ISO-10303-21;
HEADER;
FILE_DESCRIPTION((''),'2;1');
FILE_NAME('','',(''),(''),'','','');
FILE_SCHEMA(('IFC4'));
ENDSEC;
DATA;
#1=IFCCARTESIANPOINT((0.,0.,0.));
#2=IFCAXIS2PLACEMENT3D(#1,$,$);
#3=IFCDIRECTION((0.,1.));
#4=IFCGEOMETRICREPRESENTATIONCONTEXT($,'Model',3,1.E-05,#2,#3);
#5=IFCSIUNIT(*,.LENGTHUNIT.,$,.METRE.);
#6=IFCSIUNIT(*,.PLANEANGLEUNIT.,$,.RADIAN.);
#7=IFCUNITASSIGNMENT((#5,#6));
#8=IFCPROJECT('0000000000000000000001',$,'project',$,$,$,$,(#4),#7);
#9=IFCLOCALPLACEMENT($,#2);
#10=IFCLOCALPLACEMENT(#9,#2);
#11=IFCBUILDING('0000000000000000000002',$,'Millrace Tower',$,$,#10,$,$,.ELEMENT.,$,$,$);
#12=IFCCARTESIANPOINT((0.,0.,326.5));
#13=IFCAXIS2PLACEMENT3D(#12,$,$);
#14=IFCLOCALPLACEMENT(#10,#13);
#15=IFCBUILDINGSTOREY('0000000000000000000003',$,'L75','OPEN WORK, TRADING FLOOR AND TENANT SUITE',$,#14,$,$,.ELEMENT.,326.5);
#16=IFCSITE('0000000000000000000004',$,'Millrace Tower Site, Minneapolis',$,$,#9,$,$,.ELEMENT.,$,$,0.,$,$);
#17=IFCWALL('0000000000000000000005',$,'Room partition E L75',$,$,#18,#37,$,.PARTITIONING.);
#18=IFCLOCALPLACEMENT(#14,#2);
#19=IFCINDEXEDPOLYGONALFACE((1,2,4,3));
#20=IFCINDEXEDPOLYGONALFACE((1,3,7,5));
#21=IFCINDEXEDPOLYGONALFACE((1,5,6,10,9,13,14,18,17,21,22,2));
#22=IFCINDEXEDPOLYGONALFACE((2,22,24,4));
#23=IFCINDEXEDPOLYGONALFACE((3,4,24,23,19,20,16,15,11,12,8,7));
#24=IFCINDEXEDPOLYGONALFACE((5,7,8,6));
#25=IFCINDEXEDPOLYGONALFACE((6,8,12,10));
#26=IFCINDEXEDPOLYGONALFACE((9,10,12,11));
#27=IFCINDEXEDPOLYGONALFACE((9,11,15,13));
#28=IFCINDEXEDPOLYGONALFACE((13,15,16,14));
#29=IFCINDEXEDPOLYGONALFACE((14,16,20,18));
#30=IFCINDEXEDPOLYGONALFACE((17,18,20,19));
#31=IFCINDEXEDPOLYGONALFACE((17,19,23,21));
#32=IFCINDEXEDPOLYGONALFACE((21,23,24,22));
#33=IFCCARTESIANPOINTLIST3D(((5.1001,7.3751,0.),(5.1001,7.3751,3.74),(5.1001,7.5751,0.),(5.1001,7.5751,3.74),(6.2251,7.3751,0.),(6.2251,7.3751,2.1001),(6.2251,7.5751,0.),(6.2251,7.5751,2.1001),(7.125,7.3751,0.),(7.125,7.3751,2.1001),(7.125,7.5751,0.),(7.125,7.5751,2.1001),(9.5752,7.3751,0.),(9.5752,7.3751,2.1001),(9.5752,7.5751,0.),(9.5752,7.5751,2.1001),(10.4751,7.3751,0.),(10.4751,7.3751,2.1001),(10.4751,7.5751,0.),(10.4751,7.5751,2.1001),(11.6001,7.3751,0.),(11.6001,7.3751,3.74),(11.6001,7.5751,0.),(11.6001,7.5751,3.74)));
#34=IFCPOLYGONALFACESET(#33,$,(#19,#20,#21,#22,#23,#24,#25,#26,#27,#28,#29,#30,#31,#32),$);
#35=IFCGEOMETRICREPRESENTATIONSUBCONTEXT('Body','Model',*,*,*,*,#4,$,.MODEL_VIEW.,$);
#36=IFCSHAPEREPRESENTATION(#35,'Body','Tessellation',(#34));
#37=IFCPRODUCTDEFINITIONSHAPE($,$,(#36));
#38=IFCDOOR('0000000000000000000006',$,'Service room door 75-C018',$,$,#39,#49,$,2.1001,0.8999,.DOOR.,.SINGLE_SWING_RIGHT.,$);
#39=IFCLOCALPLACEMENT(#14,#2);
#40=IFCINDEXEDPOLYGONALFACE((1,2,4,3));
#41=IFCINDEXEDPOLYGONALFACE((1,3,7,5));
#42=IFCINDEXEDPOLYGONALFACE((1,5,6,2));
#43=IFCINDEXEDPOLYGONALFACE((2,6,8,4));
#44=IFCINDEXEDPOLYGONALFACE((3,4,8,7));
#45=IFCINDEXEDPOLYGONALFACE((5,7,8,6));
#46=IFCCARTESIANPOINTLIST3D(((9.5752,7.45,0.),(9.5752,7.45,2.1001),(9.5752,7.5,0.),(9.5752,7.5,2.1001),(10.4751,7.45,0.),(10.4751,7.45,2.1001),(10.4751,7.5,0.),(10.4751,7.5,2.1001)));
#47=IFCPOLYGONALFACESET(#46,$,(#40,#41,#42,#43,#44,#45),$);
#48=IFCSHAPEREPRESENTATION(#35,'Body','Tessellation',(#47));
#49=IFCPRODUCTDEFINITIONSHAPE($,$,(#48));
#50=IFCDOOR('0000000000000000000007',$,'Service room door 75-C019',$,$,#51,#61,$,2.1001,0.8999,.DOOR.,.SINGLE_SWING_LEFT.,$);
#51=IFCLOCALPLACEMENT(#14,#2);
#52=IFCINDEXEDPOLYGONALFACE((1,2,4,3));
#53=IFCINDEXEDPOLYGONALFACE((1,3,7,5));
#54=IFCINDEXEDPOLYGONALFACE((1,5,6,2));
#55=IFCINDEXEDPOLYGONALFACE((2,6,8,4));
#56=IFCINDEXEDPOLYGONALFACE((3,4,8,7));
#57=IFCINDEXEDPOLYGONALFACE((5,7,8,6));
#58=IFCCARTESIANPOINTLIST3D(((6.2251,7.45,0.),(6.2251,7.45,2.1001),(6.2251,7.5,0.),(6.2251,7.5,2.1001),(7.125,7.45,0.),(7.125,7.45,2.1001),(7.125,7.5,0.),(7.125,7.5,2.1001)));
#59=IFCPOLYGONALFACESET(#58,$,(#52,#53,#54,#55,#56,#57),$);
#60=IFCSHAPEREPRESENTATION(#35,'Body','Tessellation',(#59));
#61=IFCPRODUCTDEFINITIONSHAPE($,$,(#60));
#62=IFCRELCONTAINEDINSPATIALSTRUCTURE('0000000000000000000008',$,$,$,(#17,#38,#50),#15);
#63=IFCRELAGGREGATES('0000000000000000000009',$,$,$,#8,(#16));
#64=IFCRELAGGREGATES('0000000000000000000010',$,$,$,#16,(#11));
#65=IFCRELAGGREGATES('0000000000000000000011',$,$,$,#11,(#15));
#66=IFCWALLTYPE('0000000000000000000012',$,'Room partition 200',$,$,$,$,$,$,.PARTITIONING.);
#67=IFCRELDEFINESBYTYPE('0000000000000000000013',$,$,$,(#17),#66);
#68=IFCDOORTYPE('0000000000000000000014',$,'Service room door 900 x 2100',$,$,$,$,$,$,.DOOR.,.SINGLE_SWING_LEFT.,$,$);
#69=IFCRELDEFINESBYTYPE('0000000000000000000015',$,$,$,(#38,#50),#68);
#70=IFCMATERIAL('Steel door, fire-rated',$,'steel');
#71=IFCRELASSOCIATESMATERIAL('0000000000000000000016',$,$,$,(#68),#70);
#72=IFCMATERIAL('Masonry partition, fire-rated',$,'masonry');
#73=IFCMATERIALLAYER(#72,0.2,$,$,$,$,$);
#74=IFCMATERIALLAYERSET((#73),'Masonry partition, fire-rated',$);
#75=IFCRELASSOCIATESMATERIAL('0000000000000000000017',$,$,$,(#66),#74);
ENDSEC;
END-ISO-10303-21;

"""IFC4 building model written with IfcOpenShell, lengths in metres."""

from ifc_helpers import new_model, si_unit, direction, frame, frame_2d, origin, place, context, subcontext, project, spatial, rectangle, extrude, material, layer, layer_set, type_object, element, fill, save


model = new_model("IFC4")

# Units and contexts
model_context = context("Model", 3, precision=1e-05, world=origin(), true_north=direction((0.0, 1.0)))
body_context = subcontext(model_context, "Body", "Model", "MODEL_VIEW")
ifc_project = project(units=[si_unit("LENGTHUNIT", "METRE"), si_unit("PLANEANGLEUNIT", "RADIAN")], contexts=[model_context])

# Site, building, storey
site_placement = place(None, origin())
site = spatial("IfcSite", under=ifc_project, at=site_placement, Name="Millrace Tower Site, Minneapolis", CompositionType="ELEMENT", RefElevation=0.0)
building_placement = place(site_placement, origin())
building = spatial("IfcBuilding", under=site, at=building_placement, Name="Millrace Tower", CompositionType="ELEMENT")
storey_placement = place(building_placement, frame((0.0, 0.0, 326.5)))
storey = spatial("IfcBuildingStorey", under=building, at=storey_placement, Name="L75", Description="OPEN WORK, TRADING FLOOR AND TENANT SUITE", CompositionType="ELEMENT", Elevation=326.5)

# Shared definitions
ifc_material_1 = material(Name="Steel door, fire-rated", Category="steel")
door_type_1 = type_object("IfcDoorType", Name="Service room door 900 x 2100", OperationType="SINGLE_SWING_LEFT", PredefinedType="DOOR", material=ifc_material_1)

# Wall, openings, doors
ifc_material_2 = material(Name="Masonry partition, fire-rated", Category="masonry")
ifc_layer_1 = layer(ifc_material_2, 0.2)
ifc_layer_set_1 = layer_set([ifc_layer_1], Name="Masonry partition, fire-rated")
wall_type_1 = type_object("IfcWallType", Name="Room partition 200", PredefinedType="PARTITIONING", material=ifc_layer_set_1)
wall_1_placement = place(storey_placement, frame((11.6001, 7.4751, 0.0), z_axis=(0.0, 0.0, 1.0), x_axis=(-1.0, 0.0, 0.0)))
wall_1 = element("IfcWall", 1, at=wall_1_placement, inside=storey, type_object=wall_type_1, Name="Room partition E L75", PredefinedType="PARTITIONING", context=body_context, shape_type="SweptSolid", body=[
    extrude(rectangle(XDim=6.5, YDim=0.2, at=frame_2d((3.25, 0.0))), origin(), (0.0, 0.0, 1.0), 3.74),
])
opening_1_placement = place(wall_1_placement, frame((1.125, 0.0, 0.0)))
opening_1 = element("IfcOpeningElement", 2, at=opening_1_placement, cuts=wall_1, PredefinedType="OPENING", context=body_context, shape_type="SweptSolid", body=[
    extrude(rectangle(XDim=0.8999, YDim=2.1001, at=frame_2d((0.45, 1.05))), frame((0.0, 0.1099, 0.0), z_axis=(0.0, -1.0, 0.0), x_axis=(1.0, 0.0, 0.0)), (0.0, 0.0, 1.0), 0.22),
])
opening_2_placement = place(wall_1_placement, frame((4.4751, 0.0, 0.0)))
opening_2 = element("IfcOpeningElement", 3, at=opening_2_placement, cuts=wall_1, PredefinedType="OPENING", context=body_context, shape_type="SweptSolid", body=[
    extrude(rectangle(XDim=0.8999, YDim=2.1001, at=frame_2d((0.45, 1.05))), frame((0.0, 0.1099, 0.0), z_axis=(0.0, -1.0, 0.0), x_axis=(1.0, 0.0, 0.0)), (0.0, 0.0, 1.0), 0.22),
])
door_1_placement = place(opening_1_placement, frame((0.8999, 0.0, 0.0), z_axis=(0.0, 0.0, 1.0), x_axis=(-1.0, 0.0, 0.0)))
door_1 = element("IfcDoor", 4, at=door_1_placement, inside=storey, type_object=door_type_1, Name="Service room door 75-C018", OperationType="SINGLE_SWING_RIGHT", OverallHeight=2.1001, OverallWidth=0.8999, PredefinedType="DOOR", context=body_context, shape_type="SweptSolid", body=[
    extrude(rectangle(XDim=0.8999, YDim=2.1001, at=frame_2d((0.45, 1.05))), frame((0.0, 0.0249, 0.0), z_axis=(0.0, -1.0, 0.0), x_axis=(1.0, 0.0, 0.0)), (0.0, 0.0, 1.0), 0.05),
])
fill(opening_1, door_1)
door_2_placement = place(opening_2_placement, frame((0.8999, 0.0, 0.0), z_axis=(0.0, 0.0, 1.0), x_axis=(-1.0, 0.0, 0.0)))
door_2 = element("IfcDoor", 5, at=door_2_placement, inside=storey, type_object=door_type_1, Name="Service room door 75-C019", OperationType="SINGLE_SWING_LEFT", OverallHeight=2.1001, OverallWidth=0.8999, PredefinedType="DOOR", context=body_context, shape_type="SweptSolid", body=[
    extrude(rectangle(XDim=0.8999, YDim=2.1001, at=frame_2d((0.45, 1.05))), frame((0.0, 0.0249, 0.0), z_axis=(0.0, -1.0, 0.0), x_axis=(1.0, 0.0, 0.0)), (0.0, 0.0, 1.0), 0.05),
])
fill(opening_2, door_2)

save(model, "model.ifc")
